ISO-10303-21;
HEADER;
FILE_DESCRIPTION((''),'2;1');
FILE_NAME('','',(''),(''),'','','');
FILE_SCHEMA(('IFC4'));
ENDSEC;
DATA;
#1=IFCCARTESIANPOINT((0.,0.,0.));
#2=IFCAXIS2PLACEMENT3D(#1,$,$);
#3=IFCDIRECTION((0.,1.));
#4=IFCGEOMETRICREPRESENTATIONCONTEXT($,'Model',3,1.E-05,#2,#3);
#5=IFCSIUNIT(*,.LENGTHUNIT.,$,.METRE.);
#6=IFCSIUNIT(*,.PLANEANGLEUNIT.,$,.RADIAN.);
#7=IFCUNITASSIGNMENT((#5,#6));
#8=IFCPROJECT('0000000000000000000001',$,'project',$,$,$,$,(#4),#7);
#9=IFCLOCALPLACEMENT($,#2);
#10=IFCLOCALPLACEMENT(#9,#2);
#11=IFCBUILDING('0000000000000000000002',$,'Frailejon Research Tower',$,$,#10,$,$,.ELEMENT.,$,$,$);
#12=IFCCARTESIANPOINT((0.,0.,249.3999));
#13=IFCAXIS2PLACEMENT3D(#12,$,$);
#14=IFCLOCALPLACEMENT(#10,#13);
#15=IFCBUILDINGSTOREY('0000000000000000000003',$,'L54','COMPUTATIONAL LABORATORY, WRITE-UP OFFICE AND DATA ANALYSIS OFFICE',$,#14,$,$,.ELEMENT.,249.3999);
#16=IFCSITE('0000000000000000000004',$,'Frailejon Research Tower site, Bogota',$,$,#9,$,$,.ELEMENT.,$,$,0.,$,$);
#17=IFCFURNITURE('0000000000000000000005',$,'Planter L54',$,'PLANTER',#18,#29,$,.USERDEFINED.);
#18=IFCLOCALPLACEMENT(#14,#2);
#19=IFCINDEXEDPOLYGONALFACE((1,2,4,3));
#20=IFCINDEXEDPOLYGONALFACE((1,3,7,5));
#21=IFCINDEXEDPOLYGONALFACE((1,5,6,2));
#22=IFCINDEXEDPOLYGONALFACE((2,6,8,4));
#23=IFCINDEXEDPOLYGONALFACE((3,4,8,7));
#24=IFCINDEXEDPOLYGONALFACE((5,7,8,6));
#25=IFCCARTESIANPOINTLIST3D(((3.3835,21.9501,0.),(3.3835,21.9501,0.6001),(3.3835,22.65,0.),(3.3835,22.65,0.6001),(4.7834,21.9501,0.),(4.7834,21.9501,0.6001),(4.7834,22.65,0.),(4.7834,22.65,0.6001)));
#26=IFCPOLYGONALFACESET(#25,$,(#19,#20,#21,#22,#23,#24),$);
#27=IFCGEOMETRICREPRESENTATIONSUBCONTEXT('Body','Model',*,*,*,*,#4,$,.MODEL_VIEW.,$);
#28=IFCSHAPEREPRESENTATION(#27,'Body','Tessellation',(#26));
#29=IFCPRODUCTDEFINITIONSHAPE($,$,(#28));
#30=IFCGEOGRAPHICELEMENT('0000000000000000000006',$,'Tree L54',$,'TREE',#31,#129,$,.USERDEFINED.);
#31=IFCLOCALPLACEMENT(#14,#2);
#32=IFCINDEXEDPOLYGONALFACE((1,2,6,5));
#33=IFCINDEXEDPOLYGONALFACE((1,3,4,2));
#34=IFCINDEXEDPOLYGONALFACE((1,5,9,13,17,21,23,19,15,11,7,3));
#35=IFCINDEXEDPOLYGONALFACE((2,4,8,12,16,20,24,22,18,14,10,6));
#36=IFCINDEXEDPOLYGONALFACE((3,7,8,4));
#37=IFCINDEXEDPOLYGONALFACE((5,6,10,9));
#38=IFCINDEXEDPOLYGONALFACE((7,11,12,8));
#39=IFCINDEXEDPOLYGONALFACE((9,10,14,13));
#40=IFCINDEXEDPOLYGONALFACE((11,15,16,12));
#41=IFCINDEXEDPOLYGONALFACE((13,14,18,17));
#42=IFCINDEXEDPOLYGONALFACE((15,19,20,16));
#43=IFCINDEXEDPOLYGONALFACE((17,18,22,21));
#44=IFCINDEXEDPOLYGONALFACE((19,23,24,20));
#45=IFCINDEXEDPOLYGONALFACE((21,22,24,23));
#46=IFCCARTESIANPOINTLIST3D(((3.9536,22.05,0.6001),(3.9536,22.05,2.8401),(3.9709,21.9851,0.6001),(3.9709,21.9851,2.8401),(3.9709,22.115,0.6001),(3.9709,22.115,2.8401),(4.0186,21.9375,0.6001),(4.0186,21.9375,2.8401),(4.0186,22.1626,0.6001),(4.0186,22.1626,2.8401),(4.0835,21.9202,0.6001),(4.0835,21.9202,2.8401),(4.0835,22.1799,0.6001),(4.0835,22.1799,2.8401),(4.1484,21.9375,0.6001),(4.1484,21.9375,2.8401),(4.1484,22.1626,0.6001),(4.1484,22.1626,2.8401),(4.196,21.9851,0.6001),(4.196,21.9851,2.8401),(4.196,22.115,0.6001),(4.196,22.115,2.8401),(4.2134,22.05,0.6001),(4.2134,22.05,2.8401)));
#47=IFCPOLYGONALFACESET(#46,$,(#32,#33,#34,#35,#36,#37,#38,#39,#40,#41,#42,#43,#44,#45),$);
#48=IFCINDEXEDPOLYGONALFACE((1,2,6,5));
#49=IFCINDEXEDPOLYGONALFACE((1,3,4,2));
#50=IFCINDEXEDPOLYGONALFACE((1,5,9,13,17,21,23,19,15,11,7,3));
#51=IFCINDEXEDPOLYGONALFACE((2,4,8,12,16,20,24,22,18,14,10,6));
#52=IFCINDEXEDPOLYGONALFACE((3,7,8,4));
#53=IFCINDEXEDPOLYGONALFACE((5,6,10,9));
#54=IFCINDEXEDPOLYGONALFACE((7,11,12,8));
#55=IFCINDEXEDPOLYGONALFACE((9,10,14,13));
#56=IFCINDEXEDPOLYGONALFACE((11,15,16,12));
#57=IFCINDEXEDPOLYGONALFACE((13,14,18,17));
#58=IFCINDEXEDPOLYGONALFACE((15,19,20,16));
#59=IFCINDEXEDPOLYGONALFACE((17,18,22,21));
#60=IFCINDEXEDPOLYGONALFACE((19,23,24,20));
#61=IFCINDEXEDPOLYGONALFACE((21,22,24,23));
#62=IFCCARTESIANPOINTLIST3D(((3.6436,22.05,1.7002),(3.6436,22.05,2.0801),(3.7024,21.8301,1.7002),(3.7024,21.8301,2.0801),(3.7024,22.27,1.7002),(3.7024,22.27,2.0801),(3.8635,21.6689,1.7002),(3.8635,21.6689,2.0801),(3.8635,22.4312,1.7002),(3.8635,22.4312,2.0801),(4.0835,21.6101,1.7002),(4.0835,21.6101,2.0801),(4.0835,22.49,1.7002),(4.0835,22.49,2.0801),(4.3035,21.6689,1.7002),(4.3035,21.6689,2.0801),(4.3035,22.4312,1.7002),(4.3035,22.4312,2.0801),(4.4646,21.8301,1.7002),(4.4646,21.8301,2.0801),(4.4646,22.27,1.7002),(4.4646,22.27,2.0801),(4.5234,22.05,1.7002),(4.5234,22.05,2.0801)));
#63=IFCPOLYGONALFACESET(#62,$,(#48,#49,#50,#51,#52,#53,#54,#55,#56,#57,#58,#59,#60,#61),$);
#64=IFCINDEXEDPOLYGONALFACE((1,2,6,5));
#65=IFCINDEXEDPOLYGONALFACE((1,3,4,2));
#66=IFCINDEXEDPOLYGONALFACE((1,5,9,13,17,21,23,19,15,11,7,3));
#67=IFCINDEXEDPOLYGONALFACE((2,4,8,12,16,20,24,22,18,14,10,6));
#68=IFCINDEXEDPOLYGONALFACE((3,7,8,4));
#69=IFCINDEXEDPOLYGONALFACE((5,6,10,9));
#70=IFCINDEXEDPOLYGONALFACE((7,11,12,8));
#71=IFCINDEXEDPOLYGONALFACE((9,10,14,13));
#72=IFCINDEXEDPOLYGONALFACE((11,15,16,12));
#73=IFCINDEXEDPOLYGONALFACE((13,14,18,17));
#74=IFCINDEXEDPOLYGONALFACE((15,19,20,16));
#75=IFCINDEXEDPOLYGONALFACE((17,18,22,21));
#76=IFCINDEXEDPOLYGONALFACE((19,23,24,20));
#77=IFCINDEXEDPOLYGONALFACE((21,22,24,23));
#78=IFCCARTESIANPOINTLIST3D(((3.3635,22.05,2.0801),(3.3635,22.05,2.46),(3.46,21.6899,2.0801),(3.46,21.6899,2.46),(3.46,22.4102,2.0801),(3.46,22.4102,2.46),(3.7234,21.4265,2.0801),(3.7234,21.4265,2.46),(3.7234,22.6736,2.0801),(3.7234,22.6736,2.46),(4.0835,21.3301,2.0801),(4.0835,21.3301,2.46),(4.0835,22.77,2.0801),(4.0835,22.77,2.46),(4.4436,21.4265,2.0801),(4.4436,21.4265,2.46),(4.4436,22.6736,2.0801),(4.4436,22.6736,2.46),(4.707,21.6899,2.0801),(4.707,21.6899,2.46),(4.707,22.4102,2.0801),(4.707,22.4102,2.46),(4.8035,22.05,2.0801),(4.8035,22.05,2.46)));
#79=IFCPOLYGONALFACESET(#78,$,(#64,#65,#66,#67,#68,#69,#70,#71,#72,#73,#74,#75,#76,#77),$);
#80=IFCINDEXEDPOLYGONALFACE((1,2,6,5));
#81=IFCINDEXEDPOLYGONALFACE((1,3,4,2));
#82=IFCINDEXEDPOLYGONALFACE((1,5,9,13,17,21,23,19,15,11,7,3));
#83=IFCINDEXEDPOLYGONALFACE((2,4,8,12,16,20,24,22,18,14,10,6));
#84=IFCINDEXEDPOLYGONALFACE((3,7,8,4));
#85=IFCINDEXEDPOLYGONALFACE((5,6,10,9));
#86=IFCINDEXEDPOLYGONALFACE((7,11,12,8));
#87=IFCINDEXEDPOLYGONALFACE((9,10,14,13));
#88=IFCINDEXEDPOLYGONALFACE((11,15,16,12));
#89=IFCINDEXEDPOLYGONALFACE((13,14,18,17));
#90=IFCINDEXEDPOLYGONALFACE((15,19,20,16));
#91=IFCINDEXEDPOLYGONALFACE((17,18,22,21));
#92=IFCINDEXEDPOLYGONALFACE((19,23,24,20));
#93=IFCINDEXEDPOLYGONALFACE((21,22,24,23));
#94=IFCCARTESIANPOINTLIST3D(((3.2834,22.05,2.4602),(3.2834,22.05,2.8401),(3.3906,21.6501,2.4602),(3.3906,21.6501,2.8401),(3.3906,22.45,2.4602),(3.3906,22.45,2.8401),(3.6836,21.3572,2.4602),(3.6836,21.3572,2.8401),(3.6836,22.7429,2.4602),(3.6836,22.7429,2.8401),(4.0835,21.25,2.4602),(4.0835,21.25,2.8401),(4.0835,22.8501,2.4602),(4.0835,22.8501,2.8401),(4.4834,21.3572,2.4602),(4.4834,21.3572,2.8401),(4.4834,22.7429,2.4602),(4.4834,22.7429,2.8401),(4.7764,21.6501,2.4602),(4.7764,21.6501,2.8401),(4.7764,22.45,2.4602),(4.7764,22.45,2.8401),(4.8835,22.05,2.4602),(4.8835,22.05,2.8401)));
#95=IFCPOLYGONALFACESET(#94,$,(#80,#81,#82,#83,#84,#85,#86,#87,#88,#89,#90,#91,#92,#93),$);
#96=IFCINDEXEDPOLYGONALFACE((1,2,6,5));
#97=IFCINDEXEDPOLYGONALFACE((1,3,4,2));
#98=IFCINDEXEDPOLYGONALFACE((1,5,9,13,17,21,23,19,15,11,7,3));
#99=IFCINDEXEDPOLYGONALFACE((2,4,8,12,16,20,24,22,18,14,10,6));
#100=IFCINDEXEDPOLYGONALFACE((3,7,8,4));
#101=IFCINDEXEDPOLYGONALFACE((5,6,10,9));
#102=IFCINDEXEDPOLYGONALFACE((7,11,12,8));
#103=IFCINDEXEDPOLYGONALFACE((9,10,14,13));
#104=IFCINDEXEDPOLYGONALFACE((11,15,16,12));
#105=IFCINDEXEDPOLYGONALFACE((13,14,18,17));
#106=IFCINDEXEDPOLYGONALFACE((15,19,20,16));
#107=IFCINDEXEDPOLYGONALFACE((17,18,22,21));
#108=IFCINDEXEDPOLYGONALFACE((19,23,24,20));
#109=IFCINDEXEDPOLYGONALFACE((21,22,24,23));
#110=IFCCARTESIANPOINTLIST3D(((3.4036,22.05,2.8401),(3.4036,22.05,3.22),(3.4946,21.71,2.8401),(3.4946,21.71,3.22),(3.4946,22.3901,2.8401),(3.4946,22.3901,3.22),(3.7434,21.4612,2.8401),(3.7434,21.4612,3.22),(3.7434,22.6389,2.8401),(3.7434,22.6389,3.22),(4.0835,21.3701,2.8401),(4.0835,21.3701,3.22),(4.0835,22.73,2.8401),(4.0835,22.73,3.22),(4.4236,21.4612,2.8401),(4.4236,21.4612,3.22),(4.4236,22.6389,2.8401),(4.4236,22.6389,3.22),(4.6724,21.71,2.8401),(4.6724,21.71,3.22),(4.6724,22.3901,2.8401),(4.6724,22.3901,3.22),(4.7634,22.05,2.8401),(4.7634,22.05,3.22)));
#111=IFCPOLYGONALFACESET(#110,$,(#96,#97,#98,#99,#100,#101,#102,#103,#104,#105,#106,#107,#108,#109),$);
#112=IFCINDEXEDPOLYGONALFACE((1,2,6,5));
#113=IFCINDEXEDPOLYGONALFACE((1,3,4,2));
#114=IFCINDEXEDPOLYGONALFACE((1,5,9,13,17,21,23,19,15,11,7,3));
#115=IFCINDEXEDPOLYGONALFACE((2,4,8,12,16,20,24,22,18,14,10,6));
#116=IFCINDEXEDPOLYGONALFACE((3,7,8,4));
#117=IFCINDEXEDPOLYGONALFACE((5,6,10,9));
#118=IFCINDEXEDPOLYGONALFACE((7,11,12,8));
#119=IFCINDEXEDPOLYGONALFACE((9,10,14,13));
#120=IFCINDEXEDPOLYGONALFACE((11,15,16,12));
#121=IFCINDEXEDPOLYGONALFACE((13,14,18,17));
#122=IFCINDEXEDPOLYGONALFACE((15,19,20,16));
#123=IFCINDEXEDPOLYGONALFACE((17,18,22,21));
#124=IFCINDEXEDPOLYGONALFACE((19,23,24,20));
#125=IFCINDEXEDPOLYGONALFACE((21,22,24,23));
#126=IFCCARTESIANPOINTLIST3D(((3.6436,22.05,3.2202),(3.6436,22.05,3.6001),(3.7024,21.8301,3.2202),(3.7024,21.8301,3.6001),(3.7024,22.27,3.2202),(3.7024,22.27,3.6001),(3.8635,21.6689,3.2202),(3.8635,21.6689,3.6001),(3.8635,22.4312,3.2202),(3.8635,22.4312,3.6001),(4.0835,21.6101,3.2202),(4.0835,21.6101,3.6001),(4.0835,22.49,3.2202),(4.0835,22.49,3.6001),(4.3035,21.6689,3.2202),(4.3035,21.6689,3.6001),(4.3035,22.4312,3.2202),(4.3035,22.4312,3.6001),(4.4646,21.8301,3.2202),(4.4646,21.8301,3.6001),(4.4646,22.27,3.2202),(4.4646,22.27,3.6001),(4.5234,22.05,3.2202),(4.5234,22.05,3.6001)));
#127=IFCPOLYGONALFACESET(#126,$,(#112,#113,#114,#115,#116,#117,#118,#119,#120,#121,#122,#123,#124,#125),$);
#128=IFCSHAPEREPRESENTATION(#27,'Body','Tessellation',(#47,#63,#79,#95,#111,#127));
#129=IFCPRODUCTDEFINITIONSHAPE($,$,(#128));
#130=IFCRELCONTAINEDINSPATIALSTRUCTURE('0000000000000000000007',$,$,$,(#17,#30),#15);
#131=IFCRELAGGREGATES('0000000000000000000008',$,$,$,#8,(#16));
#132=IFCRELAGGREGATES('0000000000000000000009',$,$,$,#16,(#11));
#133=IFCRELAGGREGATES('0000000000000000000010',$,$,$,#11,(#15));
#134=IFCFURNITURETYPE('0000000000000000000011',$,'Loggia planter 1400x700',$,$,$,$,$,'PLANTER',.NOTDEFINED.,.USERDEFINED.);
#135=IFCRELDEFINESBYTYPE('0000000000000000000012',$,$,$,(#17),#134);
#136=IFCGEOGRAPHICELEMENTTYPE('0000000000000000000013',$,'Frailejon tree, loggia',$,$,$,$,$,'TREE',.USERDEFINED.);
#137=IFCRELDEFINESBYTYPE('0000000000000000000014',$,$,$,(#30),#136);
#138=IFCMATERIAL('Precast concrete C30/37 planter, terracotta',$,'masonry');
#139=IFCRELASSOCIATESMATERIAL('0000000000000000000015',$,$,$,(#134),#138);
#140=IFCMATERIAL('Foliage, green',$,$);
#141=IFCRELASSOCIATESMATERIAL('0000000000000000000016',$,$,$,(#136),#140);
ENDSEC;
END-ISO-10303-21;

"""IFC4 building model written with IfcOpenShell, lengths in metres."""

from ifc_helpers import new_model, si_unit, direction, frame, origin, origin_2d, place, context, subcontext, project, spatial, polyline, rectangle, outline, extrude, material, type_object, element, save


model = new_model("IFC4")

# Units and contexts
model_context = context("Model", 3, precision=1e-05, world=origin(), true_north=direction((0.0, 1.0)))
body_context = subcontext(model_context, "Body", "Model", "MODEL_VIEW")
ifc_project = project(units=[si_unit("LENGTHUNIT", "METRE"), si_unit("PLANEANGLEUNIT", "RADIAN")], contexts=[model_context])

# Site, building, storey
site_placement = place(None, origin())
site = spatial("IfcSite", under=ifc_project, at=site_placement, Name="Frailejon Research Tower site, Bogota", CompositionType="ELEMENT", RefElevation=0.0)
building_placement = place(site_placement, origin())
building = spatial("IfcBuilding", under=site, at=building_placement, Name="Frailejon Research Tower", CompositionType="ELEMENT")
storey_placement = place(building_placement, frame((0.0, 0.0, 249.3999)))
storey = spatial("IfcBuildingStorey", under=building, at=storey_placement, Name="L54", Description="COMPUTATIONAL LABORATORY, WRITE-UP OFFICE AND DATA ANALYSIS OFFICE", CompositionType="ELEMENT", Elevation=249.3999)

# Furniture
ifc_material_1 = material(Name="Precast concrete C30/37 planter, terracotta", Category="masonry")
furniture_type = type_object("IfcFurnitureType", Name="Loggia planter 1400x700", ElementType="PLANTER", AssemblyPlace="NOTDEFINED", PredefinedType="USERDEFINED", material=ifc_material_1)
furniture_placement = place(storey_placement, frame((4.0835, 22.3, 0.0), z_axis=(0.0, 0.0, 1.0), x_axis=(-1.0, 0.0, 0.0)))
element("IfcFurniture", 1, at=furniture_placement, inside=storey, type_object=furniture_type, Name="Planter L54", ObjectType="PLANTER", PredefinedType="USERDEFINED", context=body_context, shape_type="SweptSolid", body=[
    extrude(rectangle(XDim=1.3999, YDim=0.7, at=origin_2d()), origin(), (0.0, 0.0, 1.0), 0.6001),
])

# Geographic element
ifc_material_2 = material(Name="Foliage, green")
geographic_element_type = type_object("IfcGeographicElementType", Name="Frailejon tree, loggia", ElementType="TREE", PredefinedType="USERDEFINED", material=ifc_material_2)
geographic_element_placement = place(storey_placement, frame((4.0835, 22.05, 0.6001)))
element("IfcGeographicElement", 2, at=geographic_element_placement, inside=storey, type_object=geographic_element_type, Name="Tree L54", ObjectType="TREE", PredefinedType="USERDEFINED", context=body_context, shape_type="SweptSolid", body=[
    extrude(outline(polyline([(0.1299, 0.0), (0.1125, 0.0649), (0.0649, 0.1125), (0.0, 0.1299), (-0.0649, 0.1125), (-0.1125, 0.0649), (-0.1299, 0.0), (-0.1125, -0.0649), (-0.0649, -0.1125), (0.0, -0.1299), (0.0649, -0.1125), (0.1125, -0.0649), (0.1299, 0.0)])), origin(), (0.0, 0.0, 1.0), 2.24),
    extrude(outline(polyline([(0.4399, 0.0), (0.3811, 0.22), (0.22, 0.3811), (0.0, 0.4399), (-0.22, 0.3811), (-0.3811, 0.22), (-0.4399, 0.0), (-0.3811, -0.22), (-0.22, -0.3811), (0.0, -0.4399), (0.22, -0.3811), (0.3811, -0.22), (0.4399, 0.0)])), frame((0.0, 0.0, 1.1001)), (0.0, 0.0, 1.0), 0.3799),
    extrude(outline(polyline([(0.72, 0.0), (0.6235, 0.3601), (0.3601, 0.6235), (0.0, 0.72), (-0.3601, 0.6235), (-0.6235, 0.3601), (-0.72, 0.0), (-0.6235, -0.3601), (-0.3601, -0.6235), (0.0, -0.72), (0.3601, -0.6235), (0.6235, -0.3601), (0.72, 0.0)])), frame((0.0, 0.0, 1.48)), (0.0, 0.0, 1.0), 0.3799),
    extrude(outline(polyline([(0.8, 0.0), (0.6929, 0.3999), (0.3999, 0.6929), (0.0, 0.8), (-0.3999, 0.6929), (-0.6929, 0.3999), (-0.8, 0.0), (-0.6929, -0.3999), (-0.3999, -0.6929), (0.0, -0.8), (0.3999, -0.6929), (0.6929, -0.3999), (0.8, 0.0)])), frame((0.0, 0.0, 1.8601)), (0.0, 0.0, 1.0), 0.3799),
    extrude(outline(polyline([(0.6799, 0.0), (0.5889, 0.3401), (0.3401, 0.5889), (0.0, 0.6799), (-0.3401, 0.5889), (-0.5889, 0.3401), (-0.6799, 0.0), (-0.5889, -0.3401), (-0.3401, -0.5889), (0.0, -0.6799), (0.3401, -0.5889), (0.5889, -0.3401), (0.6799, 0.0)])), frame((0.0, 0.0, 2.24)), (0.0, 0.0, 1.0), 0.3799),
    extrude(outline(polyline([(0.4399, 0.0), (0.3811, 0.22), (0.22, 0.3811), (0.0, 0.4399), (-0.22, 0.3811), (-0.3811, 0.22), (-0.4399, 0.0), (-0.3811, -0.22), (-0.22, -0.3811), (0.0, -0.4399), (0.22, -0.3811), (0.3811, -0.22), (0.4399, 0.0)])), frame((0.0, 0.0, 2.6201)), (0.0, 0.0, 1.0), 0.3799),
])

save(model, "model.ifc")
